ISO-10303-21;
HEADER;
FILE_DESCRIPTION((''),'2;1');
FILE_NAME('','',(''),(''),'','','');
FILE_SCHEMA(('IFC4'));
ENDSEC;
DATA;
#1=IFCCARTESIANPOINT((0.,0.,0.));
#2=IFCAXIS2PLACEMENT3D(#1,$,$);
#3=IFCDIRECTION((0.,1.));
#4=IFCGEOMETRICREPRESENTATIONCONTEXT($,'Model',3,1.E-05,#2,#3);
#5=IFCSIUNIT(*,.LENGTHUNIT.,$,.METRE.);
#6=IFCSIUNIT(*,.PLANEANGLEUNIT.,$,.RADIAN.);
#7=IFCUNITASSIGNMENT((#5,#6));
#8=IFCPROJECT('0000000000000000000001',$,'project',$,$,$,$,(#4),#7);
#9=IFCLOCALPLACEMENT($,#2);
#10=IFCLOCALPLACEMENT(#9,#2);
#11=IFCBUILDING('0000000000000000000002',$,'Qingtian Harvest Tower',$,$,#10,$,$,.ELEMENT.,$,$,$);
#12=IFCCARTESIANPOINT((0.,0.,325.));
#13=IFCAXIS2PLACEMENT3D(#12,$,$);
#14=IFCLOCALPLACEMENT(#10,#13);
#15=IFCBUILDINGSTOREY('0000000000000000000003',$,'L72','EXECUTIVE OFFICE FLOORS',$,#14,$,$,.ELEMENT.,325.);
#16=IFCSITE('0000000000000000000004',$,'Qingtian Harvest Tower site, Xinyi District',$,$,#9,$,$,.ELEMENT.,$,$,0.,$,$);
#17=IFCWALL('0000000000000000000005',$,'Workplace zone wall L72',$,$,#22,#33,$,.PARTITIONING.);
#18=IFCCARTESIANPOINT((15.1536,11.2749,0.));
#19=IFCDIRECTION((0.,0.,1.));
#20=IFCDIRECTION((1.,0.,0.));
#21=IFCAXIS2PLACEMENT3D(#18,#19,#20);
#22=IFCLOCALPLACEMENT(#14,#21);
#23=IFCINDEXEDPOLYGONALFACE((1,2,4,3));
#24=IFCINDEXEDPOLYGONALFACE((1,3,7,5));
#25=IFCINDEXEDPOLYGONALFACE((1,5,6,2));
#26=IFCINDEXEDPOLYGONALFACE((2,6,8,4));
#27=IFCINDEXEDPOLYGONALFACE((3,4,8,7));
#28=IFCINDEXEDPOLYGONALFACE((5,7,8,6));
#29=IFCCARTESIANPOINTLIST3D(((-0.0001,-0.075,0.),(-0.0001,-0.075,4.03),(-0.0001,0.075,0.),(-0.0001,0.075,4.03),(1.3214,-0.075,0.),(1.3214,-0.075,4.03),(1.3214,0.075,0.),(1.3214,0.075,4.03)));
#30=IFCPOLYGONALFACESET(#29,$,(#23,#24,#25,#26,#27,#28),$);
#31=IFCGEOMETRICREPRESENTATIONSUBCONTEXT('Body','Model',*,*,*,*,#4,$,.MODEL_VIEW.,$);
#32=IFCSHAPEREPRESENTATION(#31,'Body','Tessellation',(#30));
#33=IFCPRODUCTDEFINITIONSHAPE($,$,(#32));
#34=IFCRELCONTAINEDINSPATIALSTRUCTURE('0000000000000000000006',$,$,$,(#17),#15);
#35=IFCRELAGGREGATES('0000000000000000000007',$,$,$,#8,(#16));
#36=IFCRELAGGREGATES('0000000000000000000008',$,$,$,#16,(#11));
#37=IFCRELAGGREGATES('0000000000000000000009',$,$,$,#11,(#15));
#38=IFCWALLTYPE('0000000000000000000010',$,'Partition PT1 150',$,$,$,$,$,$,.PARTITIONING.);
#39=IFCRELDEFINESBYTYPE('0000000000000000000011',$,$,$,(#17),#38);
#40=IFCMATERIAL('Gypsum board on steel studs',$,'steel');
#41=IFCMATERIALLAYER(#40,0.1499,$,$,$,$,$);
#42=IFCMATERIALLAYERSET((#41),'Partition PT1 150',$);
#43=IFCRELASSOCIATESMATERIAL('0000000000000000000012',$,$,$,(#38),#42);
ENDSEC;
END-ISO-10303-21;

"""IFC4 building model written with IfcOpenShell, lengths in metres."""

from ifc_helpers import new_model, si_unit, direction, frame, frame_2d, origin, place, context, subcontext, project, spatial, rectangle, extrude, material, layer, layer_set, type_object, element, save


model = new_model("IFC4")

# Units and contexts
model_context = context("Model", 3, precision=1e-05, world=origin(), true_north=direction((0.0, 1.0)))
body_context = subcontext(model_context, "Body", "Model", "MODEL_VIEW")
ifc_project = project(units=[si_unit("LENGTHUNIT", "METRE"), si_unit("PLANEANGLEUNIT", "RADIAN")], contexts=[model_context])

# Site, building, storey
site_placement = place(None, origin())
site = spatial("IfcSite", under=ifc_project, at=site_placement, Name="Qingtian Harvest Tower site, Xinyi District", CompositionType="ELEMENT", RefElevation=0.0)
building_placement = place(site_placement, origin())
building = spatial("IfcBuilding", under=site, at=building_placement, Name="Qingtian Harvest Tower", CompositionType="ELEMENT")
storey_placement = place(building_placement, frame((0.0, 0.0, 325.0)))
storey = spatial("IfcBuildingStorey", under=building, at=storey_placement, Name="L72", Description="EXECUTIVE OFFICE FLOORS", CompositionType="ELEMENT", Elevation=325.0)

# Wall
ifc_material_1 = material(Name="Gypsum board on steel studs", Category="steel")
ifc_layer_1 = layer(ifc_material_1, 0.1499)
ifc_layer_set_1 = layer_set([ifc_layer_1], Name="Partition PT1 150")
wall_type = type_object("IfcWallType", Name="Partition PT1 150", PredefinedType="PARTITIONING", material=ifc_layer_set_1)
wall_1_placement = place(storey_placement, frame((15.1536, 11.2749, 0.0), z_axis=(0.0, 0.0, 1.0), x_axis=(1.0, 0.0, 0.0)))
element("IfcWall", 1, at=wall_1_placement, inside=storey, type_object=wall_type, Name="Workplace zone wall L72", PredefinedType="PARTITIONING", context=body_context, shape_type="SweptSolid", body=[
    extrude(rectangle(XDim=1.3215, YDim=0.1499, at=frame_2d((0.6606, 0.0))), origin(), (0.0, 0.0, 1.0), 4.03),
])

save(model, "model.ifc")
